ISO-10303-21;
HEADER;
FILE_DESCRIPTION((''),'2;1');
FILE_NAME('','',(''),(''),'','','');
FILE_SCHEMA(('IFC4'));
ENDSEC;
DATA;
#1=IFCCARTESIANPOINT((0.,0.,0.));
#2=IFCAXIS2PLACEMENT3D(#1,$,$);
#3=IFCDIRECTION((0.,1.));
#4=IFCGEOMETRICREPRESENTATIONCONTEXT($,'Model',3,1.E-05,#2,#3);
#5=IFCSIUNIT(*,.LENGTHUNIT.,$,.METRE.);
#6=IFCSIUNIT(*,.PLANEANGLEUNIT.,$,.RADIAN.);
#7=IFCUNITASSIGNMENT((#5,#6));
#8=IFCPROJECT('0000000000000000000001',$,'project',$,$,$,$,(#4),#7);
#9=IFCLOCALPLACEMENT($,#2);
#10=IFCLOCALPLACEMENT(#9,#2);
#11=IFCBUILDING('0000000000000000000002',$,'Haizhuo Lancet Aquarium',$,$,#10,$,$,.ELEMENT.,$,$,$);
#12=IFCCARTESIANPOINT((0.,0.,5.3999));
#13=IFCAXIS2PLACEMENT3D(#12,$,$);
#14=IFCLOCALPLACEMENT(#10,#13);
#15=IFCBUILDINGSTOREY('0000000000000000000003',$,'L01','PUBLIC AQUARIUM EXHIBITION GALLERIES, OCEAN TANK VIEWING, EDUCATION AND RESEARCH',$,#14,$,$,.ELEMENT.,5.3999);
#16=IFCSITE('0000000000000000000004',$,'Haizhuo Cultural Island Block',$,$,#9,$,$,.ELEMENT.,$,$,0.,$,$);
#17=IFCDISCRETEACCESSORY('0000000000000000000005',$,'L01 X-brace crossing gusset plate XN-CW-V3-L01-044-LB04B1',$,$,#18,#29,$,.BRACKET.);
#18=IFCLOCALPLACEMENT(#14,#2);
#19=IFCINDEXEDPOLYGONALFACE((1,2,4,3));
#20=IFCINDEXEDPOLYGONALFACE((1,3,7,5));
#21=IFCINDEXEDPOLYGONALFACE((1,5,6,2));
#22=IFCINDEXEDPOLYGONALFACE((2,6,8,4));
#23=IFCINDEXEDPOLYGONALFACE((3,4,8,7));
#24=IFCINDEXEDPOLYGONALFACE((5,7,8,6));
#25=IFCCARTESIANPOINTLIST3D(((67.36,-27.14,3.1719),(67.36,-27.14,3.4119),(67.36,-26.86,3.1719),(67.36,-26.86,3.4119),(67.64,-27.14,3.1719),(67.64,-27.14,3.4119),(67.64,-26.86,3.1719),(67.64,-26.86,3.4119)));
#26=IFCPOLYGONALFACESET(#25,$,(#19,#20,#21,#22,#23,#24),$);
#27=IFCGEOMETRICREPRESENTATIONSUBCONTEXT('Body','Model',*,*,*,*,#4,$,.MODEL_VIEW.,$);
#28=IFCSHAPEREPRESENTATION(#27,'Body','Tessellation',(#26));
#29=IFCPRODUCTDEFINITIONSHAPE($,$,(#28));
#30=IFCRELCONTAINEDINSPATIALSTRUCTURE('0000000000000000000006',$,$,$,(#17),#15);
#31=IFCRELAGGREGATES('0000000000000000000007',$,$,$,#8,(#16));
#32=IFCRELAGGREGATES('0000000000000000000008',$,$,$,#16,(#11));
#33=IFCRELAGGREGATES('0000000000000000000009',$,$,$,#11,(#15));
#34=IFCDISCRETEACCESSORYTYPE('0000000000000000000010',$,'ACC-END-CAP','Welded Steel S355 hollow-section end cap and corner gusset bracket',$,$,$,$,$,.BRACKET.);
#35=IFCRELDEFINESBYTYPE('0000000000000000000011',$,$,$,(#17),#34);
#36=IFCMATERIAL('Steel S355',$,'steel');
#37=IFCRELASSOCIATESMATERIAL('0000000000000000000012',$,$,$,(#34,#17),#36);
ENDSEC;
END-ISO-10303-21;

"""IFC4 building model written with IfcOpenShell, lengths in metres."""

from ifc_helpers import new_model, si_unit, direction, frame, origin, origin_2d, place, context, subcontext, project, spatial, rectangle, extrude, material, type_object, element, save


model = new_model("IFC4")

# Units and contexts
model_context = context("Model", 3, precision=1e-05, world=origin(), true_north=direction((0.0, 1.0)))
body_context = subcontext(model_context, "Body", "Model", "MODEL_VIEW")
ifc_project = project(units=[si_unit("LENGTHUNIT", "METRE"), si_unit("PLANEANGLEUNIT", "RADIAN")], contexts=[model_context])

# Site, building, storey
site_placement = place(None, origin())
site = spatial("IfcSite", under=ifc_project, at=site_placement, Name="Haizhuo Cultural Island Block", CompositionType="ELEMENT", RefElevation=0.0)
building_placement = place(site_placement, origin())
building = spatial("IfcBuilding", under=site, at=building_placement, Name="Haizhuo Lancet Aquarium", CompositionType="ELEMENT")
storey_placement = place(building_placement, frame((0.0, 0.0, 5.3999)))
storey = spatial("IfcBuildingStorey", under=building, at=storey_placement, Name="L01", Description="PUBLIC AQUARIUM EXHIBITION GALLERIES, OCEAN TANK VIEWING, EDUCATION AND RESEARCH", CompositionType="ELEMENT", Elevation=5.3999)

# Shared definitions
ifc_material_1 = material(Name="Steel S355", Category="steel")

# Discrete accessory
discrete_accessory_type = type_object("IfcDiscreteAccessoryType", Name="ACC-END-CAP", Description="Welded Steel S355 hollow-section end cap and corner gusset bracket", PredefinedType="BRACKET", material=ifc_material_1)
for number, where, z_axis, x_axis, name in (
    (1, (67.5, -27.0, 3.1719), (0.0, 0.0, 1.0), (1.0, 0.0, 0.0), "L01 X-brace crossing gusset plate XN-CW-V3-L01-044-LB04B1"),
):
    element("IfcDiscreteAccessory", number, at=place(storey_placement, frame(where, z_axis=z_axis, x_axis=x_axis)), inside=storey, type_object=discrete_accessory_type, material=ifc_material_1, Name=name, PredefinedType="BRACKET", context=body_context, shape_type="SweptSolid", body=[
        extrude(rectangle(XDim=0.28, YDim=0.28, at=origin_2d()), origin(), (0.0, 0.0, 1.0), 0.24),
    ])

save(model, "model.ifc")
